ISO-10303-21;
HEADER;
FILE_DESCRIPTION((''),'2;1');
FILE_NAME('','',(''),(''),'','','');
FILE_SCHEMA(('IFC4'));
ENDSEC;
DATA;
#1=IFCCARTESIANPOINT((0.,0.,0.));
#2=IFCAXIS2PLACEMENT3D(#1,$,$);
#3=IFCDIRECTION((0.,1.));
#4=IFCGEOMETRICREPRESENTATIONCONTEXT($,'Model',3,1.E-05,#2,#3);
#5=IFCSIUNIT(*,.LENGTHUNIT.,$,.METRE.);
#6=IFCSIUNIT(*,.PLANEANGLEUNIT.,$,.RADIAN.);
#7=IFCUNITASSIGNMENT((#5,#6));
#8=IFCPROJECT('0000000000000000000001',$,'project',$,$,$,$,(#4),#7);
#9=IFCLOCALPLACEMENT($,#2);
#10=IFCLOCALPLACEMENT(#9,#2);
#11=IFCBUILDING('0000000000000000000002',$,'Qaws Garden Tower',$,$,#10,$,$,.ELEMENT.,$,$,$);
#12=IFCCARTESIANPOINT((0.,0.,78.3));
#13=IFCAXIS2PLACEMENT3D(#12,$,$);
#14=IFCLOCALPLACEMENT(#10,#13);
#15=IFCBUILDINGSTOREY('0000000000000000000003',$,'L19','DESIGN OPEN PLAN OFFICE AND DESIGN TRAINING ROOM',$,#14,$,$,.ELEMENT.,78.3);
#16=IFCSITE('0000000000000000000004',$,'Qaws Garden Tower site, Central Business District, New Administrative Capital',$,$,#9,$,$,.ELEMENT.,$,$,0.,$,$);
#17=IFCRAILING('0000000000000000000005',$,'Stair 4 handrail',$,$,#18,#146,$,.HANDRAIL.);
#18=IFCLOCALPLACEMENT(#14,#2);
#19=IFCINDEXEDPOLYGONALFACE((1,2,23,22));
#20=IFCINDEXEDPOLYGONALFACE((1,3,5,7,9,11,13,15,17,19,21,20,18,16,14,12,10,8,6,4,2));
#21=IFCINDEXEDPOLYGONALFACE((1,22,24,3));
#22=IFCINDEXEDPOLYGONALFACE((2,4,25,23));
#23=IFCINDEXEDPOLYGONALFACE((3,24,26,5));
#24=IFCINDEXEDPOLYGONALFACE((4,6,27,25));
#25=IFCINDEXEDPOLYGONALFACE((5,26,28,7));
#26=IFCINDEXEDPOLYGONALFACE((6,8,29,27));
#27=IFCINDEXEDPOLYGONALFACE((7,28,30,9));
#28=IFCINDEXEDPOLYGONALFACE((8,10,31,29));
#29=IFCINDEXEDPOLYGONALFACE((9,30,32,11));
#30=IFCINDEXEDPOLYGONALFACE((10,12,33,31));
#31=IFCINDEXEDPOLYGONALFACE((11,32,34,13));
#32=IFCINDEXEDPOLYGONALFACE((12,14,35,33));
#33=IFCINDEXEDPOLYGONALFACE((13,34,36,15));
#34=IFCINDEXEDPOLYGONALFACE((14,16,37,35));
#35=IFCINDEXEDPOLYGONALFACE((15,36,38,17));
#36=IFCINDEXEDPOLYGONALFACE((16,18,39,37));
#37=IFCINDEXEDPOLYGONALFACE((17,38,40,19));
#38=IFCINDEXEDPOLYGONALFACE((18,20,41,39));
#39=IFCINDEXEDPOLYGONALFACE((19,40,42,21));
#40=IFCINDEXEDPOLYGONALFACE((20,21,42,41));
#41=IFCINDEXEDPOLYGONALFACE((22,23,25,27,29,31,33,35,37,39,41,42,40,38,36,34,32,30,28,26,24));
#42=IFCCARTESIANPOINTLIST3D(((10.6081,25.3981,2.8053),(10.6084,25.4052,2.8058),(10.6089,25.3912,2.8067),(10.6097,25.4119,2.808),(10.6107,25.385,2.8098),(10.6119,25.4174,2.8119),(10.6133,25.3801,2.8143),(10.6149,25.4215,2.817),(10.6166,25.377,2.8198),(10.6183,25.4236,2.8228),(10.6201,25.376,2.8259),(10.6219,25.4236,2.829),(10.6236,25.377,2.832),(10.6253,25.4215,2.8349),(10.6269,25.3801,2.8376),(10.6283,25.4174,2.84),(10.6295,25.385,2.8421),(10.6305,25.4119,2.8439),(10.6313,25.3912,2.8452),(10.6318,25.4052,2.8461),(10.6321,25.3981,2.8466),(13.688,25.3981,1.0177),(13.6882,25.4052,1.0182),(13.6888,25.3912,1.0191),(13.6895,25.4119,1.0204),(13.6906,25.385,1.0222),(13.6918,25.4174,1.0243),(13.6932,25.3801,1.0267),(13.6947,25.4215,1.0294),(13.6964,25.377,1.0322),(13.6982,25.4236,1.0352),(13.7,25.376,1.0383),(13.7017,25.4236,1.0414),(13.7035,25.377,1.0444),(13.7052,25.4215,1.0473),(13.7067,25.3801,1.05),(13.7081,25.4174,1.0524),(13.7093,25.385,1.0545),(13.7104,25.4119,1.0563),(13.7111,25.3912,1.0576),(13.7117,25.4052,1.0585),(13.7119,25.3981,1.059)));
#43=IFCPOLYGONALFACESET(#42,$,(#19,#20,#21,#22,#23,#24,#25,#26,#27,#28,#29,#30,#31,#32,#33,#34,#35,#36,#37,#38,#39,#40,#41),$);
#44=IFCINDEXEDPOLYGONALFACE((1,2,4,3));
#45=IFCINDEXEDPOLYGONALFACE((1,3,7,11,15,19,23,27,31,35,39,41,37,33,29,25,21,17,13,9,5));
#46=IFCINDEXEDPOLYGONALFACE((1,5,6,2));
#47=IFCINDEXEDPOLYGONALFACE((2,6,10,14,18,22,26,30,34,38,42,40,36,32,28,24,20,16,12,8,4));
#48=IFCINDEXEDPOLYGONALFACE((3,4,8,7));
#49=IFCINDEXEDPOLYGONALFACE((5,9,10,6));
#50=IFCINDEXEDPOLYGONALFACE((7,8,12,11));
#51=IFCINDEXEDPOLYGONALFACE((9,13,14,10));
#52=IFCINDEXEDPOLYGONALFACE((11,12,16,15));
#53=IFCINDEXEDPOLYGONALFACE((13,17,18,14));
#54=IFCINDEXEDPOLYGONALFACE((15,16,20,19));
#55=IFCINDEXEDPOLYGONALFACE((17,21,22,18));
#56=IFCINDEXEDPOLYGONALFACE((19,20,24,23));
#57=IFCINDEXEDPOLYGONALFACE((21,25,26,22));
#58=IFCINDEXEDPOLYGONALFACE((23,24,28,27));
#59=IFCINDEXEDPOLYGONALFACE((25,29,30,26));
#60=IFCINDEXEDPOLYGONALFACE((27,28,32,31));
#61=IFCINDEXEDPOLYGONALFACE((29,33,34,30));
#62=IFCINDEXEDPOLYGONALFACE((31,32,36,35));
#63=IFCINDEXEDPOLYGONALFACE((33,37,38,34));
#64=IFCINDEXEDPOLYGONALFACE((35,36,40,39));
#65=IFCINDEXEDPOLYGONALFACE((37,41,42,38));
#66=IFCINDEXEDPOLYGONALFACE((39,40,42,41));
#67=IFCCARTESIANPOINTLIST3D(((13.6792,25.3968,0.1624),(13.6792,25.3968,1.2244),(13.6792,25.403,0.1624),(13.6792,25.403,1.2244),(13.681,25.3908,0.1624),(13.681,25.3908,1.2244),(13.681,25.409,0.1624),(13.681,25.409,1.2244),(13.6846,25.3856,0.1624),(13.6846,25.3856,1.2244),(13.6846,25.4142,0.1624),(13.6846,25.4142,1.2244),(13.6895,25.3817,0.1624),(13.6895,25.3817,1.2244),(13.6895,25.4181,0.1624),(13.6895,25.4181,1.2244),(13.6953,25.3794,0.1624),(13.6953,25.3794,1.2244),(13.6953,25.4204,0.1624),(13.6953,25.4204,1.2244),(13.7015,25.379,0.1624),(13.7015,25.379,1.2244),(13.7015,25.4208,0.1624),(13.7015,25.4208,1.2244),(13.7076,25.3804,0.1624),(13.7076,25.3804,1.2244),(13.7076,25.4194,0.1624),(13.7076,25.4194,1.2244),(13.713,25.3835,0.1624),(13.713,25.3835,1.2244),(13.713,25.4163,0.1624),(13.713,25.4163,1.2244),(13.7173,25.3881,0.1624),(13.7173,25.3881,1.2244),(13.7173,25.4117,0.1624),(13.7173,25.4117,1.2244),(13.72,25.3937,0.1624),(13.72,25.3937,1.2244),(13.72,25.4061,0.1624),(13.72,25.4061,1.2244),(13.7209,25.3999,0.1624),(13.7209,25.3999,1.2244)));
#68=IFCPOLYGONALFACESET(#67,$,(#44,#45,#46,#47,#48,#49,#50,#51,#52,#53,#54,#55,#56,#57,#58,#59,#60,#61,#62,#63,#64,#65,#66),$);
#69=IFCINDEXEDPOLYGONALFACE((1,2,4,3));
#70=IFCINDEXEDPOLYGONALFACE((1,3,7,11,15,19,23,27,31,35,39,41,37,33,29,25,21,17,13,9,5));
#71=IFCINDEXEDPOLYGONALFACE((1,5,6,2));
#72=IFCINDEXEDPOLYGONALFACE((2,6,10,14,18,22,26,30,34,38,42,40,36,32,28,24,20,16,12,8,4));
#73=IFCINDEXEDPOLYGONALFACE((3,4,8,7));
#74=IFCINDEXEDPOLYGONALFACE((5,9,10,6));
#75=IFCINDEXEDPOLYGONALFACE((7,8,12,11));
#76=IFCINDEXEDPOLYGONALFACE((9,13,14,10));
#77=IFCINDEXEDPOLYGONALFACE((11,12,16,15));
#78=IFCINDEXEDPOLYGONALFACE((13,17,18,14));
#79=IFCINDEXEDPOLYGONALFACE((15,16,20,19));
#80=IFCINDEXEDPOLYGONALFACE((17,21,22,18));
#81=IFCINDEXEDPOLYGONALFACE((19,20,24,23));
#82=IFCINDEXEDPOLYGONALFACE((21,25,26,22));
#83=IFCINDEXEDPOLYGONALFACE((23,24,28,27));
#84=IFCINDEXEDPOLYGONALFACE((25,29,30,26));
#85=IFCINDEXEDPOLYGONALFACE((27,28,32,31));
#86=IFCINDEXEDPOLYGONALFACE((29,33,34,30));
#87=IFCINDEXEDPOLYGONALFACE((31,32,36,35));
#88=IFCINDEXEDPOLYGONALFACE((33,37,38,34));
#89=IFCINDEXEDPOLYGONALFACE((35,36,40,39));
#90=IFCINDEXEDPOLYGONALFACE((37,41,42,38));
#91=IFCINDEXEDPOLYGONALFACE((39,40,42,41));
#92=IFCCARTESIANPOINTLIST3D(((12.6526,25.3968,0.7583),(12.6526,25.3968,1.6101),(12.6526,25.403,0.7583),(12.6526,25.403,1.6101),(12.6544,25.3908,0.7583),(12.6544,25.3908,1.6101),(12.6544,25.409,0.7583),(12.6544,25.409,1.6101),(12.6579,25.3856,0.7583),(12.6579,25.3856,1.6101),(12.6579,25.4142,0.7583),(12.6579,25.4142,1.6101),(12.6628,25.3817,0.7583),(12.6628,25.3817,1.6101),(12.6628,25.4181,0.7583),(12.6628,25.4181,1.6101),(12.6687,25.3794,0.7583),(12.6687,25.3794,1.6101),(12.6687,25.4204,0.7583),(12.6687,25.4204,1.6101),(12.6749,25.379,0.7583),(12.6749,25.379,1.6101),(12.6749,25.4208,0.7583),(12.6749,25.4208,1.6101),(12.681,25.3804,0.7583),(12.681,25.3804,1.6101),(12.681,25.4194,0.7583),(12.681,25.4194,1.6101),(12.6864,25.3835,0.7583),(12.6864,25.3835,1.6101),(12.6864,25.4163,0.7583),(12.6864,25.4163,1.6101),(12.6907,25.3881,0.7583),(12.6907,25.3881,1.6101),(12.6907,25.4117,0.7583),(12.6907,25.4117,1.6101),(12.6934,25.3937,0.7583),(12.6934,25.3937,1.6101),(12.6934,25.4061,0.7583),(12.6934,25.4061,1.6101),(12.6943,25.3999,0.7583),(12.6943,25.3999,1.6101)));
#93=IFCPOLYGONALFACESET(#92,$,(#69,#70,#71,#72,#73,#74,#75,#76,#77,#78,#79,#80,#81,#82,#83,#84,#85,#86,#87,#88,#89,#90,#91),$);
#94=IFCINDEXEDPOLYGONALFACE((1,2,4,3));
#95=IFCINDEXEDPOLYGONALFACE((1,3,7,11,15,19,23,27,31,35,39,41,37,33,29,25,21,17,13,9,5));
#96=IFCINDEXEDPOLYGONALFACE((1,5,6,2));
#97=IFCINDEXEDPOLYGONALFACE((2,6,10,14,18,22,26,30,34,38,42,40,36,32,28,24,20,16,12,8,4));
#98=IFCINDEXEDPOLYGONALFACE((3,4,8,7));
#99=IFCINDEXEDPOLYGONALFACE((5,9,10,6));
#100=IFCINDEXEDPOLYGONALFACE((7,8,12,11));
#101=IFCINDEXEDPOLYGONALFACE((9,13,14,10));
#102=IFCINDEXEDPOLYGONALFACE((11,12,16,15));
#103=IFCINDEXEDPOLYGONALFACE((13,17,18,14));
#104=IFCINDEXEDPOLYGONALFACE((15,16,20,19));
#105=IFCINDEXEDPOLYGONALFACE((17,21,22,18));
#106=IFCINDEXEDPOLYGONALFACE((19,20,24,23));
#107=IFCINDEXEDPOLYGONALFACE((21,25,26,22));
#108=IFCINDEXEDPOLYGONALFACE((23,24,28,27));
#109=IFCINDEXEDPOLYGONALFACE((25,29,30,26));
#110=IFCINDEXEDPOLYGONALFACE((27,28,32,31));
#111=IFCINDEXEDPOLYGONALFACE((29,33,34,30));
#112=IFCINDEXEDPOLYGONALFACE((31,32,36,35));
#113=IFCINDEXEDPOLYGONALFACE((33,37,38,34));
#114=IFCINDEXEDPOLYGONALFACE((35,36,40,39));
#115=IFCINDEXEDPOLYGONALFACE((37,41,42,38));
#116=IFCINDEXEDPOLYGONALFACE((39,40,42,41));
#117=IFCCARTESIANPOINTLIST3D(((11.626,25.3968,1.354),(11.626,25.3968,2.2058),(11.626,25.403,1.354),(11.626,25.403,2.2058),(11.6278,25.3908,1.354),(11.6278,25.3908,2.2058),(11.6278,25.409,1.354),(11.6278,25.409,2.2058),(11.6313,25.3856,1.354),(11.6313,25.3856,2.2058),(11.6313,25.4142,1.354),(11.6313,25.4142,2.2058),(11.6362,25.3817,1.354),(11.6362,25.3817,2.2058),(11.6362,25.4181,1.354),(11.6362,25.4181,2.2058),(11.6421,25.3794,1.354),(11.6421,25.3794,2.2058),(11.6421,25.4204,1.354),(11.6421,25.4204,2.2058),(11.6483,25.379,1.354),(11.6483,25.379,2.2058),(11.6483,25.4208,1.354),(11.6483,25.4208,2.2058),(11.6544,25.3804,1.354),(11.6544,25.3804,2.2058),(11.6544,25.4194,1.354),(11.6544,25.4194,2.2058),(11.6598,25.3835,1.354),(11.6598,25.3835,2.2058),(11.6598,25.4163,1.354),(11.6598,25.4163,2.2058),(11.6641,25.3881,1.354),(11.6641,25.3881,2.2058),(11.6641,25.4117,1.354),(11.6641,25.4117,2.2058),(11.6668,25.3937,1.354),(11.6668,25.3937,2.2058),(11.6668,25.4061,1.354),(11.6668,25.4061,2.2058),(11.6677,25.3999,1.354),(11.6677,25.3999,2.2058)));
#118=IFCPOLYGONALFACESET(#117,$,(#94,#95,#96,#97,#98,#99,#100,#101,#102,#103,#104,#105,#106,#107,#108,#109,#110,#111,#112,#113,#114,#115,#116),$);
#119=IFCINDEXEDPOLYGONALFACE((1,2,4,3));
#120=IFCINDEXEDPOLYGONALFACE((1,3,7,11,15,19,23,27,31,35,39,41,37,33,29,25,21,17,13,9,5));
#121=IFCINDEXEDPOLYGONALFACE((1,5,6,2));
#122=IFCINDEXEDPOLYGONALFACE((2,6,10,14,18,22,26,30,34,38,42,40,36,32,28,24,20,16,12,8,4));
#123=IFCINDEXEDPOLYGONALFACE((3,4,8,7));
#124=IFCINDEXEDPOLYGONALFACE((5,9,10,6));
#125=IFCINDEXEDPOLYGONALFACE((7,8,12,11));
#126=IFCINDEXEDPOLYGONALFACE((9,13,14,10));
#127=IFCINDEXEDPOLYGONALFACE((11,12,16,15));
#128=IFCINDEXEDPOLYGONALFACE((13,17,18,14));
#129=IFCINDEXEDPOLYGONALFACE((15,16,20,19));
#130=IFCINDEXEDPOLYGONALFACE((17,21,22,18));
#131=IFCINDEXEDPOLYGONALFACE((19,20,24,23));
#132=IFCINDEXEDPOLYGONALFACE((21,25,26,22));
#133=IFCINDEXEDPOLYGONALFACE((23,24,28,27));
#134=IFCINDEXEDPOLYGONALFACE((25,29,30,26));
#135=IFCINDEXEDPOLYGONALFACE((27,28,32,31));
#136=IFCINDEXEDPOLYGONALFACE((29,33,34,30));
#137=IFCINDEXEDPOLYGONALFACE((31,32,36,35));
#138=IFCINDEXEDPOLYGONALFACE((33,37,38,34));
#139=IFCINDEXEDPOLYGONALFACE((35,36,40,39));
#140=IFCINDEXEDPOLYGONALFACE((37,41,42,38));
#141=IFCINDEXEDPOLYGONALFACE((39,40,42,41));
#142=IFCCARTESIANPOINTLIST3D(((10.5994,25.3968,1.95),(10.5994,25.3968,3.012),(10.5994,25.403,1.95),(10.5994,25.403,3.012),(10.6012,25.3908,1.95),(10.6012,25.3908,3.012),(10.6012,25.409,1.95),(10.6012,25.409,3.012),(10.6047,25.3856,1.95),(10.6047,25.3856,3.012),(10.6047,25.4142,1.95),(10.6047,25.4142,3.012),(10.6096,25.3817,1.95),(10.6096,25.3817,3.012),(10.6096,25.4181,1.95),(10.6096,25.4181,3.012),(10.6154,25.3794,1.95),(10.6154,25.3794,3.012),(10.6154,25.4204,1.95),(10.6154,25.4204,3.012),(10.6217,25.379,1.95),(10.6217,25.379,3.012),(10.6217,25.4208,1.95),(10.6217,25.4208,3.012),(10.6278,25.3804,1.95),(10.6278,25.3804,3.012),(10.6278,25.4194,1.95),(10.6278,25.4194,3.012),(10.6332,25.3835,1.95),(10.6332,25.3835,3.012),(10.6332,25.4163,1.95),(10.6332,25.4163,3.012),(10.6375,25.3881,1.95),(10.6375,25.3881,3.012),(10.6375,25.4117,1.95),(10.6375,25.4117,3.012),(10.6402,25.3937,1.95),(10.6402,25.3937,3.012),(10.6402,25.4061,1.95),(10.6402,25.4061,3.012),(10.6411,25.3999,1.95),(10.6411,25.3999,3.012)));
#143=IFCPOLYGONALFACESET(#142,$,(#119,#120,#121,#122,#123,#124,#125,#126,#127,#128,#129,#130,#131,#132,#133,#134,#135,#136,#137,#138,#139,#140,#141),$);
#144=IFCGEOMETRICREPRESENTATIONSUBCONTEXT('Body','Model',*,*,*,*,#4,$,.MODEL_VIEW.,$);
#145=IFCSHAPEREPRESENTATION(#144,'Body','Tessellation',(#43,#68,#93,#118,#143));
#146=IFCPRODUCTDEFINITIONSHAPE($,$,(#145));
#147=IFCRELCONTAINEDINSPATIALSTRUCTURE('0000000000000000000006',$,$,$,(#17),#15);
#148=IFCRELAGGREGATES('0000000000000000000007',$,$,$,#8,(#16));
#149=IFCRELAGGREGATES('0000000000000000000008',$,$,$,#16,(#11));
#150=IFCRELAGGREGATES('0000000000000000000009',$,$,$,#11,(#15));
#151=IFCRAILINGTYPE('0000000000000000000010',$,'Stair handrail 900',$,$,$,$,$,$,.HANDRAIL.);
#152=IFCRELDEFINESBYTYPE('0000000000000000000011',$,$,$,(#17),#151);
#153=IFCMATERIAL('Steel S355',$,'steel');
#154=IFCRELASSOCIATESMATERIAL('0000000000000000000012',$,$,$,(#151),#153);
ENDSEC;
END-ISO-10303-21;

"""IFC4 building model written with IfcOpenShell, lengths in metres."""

from ifc_helpers import new_model, si_unit, direction, frame, origin, origin_2d, place, context, subcontext, project, spatial, circle, extrude, material, type_object, element, save


model = new_model("IFC4")

# Units and contexts
model_context = context("Model", 3, precision=1e-05, world=origin(), true_north=direction((0.0, 1.0)))
body_context = subcontext(model_context, "Body", "Model", "MODEL_VIEW")
ifc_project = project(units=[si_unit("LENGTHUNIT", "METRE"), si_unit("PLANEANGLEUNIT", "RADIAN")], contexts=[model_context])

# Site, building, storey
site_placement = place(None, origin())
site = spatial("IfcSite", under=ifc_project, at=site_placement, Name="Qaws Garden Tower site, Central Business District, New Administrative Capital", CompositionType="ELEMENT", RefElevation=0.0)
building_placement = place(site_placement, origin())
building = spatial("IfcBuilding", under=site, at=building_placement, Name="Qaws Garden Tower", CompositionType="ELEMENT")
storey_placement = place(building_placement, frame((0.0, 0.0, 78.3)))
storey = spatial("IfcBuildingStorey", under=building, at=storey_placement, Name="L19", Description="DESIGN OPEN PLAN OFFICE AND DESIGN TRAINING ROOM", CompositionType="ELEMENT", Elevation=78.3)

# Railing
ifc_material_1 = material(Name="Steel S355", Category="steel")
railing_type = type_object("IfcRailingType", Name="Stair handrail 900", PredefinedType="HANDRAIL", material=ifc_material_1)
railing_1_placement = place(storey_placement, frame((13.7, 25.3999, 0.1624)))
element("IfcRailing", 1, at=railing_1_placement, inside=storey, type_object=railing_type, Name="Stair 4 handrail", PredefinedType="HANDRAIL", context=body_context, shape_type="SweptSolid", body=[
    extrude(circle(Radius=0.0239, at=origin_2d()), frame((0.0, 0.0, 0.876), z_axis=(-0.864873, 0.0, 0.50199), x_axis=(0.0, -1.0, 0.0)), (0.0, 0.0, 1.0), 3.561),
    extrude(circle(Radius=0.021, at=origin_2d()), origin(), (0.0, 0.0, 1.0), 1.062),
    extrude(circle(Radius=0.021, at=origin_2d()), frame((-1.0266, 0.0, 0.5959)), (0.0, 0.0, 1.0), 0.8518),
    extrude(circle(Radius=0.021, at=origin_2d()), frame((-2.0532, 0.0, 1.1917)), (0.0, 0.0, 1.0), 0.8518),
    extrude(circle(Radius=0.021, at=origin_2d()), frame((-3.0798, 0.0, 1.7876)), (0.0, 0.0, 1.0), 1.062),
])

save(model, "model.ifc")
